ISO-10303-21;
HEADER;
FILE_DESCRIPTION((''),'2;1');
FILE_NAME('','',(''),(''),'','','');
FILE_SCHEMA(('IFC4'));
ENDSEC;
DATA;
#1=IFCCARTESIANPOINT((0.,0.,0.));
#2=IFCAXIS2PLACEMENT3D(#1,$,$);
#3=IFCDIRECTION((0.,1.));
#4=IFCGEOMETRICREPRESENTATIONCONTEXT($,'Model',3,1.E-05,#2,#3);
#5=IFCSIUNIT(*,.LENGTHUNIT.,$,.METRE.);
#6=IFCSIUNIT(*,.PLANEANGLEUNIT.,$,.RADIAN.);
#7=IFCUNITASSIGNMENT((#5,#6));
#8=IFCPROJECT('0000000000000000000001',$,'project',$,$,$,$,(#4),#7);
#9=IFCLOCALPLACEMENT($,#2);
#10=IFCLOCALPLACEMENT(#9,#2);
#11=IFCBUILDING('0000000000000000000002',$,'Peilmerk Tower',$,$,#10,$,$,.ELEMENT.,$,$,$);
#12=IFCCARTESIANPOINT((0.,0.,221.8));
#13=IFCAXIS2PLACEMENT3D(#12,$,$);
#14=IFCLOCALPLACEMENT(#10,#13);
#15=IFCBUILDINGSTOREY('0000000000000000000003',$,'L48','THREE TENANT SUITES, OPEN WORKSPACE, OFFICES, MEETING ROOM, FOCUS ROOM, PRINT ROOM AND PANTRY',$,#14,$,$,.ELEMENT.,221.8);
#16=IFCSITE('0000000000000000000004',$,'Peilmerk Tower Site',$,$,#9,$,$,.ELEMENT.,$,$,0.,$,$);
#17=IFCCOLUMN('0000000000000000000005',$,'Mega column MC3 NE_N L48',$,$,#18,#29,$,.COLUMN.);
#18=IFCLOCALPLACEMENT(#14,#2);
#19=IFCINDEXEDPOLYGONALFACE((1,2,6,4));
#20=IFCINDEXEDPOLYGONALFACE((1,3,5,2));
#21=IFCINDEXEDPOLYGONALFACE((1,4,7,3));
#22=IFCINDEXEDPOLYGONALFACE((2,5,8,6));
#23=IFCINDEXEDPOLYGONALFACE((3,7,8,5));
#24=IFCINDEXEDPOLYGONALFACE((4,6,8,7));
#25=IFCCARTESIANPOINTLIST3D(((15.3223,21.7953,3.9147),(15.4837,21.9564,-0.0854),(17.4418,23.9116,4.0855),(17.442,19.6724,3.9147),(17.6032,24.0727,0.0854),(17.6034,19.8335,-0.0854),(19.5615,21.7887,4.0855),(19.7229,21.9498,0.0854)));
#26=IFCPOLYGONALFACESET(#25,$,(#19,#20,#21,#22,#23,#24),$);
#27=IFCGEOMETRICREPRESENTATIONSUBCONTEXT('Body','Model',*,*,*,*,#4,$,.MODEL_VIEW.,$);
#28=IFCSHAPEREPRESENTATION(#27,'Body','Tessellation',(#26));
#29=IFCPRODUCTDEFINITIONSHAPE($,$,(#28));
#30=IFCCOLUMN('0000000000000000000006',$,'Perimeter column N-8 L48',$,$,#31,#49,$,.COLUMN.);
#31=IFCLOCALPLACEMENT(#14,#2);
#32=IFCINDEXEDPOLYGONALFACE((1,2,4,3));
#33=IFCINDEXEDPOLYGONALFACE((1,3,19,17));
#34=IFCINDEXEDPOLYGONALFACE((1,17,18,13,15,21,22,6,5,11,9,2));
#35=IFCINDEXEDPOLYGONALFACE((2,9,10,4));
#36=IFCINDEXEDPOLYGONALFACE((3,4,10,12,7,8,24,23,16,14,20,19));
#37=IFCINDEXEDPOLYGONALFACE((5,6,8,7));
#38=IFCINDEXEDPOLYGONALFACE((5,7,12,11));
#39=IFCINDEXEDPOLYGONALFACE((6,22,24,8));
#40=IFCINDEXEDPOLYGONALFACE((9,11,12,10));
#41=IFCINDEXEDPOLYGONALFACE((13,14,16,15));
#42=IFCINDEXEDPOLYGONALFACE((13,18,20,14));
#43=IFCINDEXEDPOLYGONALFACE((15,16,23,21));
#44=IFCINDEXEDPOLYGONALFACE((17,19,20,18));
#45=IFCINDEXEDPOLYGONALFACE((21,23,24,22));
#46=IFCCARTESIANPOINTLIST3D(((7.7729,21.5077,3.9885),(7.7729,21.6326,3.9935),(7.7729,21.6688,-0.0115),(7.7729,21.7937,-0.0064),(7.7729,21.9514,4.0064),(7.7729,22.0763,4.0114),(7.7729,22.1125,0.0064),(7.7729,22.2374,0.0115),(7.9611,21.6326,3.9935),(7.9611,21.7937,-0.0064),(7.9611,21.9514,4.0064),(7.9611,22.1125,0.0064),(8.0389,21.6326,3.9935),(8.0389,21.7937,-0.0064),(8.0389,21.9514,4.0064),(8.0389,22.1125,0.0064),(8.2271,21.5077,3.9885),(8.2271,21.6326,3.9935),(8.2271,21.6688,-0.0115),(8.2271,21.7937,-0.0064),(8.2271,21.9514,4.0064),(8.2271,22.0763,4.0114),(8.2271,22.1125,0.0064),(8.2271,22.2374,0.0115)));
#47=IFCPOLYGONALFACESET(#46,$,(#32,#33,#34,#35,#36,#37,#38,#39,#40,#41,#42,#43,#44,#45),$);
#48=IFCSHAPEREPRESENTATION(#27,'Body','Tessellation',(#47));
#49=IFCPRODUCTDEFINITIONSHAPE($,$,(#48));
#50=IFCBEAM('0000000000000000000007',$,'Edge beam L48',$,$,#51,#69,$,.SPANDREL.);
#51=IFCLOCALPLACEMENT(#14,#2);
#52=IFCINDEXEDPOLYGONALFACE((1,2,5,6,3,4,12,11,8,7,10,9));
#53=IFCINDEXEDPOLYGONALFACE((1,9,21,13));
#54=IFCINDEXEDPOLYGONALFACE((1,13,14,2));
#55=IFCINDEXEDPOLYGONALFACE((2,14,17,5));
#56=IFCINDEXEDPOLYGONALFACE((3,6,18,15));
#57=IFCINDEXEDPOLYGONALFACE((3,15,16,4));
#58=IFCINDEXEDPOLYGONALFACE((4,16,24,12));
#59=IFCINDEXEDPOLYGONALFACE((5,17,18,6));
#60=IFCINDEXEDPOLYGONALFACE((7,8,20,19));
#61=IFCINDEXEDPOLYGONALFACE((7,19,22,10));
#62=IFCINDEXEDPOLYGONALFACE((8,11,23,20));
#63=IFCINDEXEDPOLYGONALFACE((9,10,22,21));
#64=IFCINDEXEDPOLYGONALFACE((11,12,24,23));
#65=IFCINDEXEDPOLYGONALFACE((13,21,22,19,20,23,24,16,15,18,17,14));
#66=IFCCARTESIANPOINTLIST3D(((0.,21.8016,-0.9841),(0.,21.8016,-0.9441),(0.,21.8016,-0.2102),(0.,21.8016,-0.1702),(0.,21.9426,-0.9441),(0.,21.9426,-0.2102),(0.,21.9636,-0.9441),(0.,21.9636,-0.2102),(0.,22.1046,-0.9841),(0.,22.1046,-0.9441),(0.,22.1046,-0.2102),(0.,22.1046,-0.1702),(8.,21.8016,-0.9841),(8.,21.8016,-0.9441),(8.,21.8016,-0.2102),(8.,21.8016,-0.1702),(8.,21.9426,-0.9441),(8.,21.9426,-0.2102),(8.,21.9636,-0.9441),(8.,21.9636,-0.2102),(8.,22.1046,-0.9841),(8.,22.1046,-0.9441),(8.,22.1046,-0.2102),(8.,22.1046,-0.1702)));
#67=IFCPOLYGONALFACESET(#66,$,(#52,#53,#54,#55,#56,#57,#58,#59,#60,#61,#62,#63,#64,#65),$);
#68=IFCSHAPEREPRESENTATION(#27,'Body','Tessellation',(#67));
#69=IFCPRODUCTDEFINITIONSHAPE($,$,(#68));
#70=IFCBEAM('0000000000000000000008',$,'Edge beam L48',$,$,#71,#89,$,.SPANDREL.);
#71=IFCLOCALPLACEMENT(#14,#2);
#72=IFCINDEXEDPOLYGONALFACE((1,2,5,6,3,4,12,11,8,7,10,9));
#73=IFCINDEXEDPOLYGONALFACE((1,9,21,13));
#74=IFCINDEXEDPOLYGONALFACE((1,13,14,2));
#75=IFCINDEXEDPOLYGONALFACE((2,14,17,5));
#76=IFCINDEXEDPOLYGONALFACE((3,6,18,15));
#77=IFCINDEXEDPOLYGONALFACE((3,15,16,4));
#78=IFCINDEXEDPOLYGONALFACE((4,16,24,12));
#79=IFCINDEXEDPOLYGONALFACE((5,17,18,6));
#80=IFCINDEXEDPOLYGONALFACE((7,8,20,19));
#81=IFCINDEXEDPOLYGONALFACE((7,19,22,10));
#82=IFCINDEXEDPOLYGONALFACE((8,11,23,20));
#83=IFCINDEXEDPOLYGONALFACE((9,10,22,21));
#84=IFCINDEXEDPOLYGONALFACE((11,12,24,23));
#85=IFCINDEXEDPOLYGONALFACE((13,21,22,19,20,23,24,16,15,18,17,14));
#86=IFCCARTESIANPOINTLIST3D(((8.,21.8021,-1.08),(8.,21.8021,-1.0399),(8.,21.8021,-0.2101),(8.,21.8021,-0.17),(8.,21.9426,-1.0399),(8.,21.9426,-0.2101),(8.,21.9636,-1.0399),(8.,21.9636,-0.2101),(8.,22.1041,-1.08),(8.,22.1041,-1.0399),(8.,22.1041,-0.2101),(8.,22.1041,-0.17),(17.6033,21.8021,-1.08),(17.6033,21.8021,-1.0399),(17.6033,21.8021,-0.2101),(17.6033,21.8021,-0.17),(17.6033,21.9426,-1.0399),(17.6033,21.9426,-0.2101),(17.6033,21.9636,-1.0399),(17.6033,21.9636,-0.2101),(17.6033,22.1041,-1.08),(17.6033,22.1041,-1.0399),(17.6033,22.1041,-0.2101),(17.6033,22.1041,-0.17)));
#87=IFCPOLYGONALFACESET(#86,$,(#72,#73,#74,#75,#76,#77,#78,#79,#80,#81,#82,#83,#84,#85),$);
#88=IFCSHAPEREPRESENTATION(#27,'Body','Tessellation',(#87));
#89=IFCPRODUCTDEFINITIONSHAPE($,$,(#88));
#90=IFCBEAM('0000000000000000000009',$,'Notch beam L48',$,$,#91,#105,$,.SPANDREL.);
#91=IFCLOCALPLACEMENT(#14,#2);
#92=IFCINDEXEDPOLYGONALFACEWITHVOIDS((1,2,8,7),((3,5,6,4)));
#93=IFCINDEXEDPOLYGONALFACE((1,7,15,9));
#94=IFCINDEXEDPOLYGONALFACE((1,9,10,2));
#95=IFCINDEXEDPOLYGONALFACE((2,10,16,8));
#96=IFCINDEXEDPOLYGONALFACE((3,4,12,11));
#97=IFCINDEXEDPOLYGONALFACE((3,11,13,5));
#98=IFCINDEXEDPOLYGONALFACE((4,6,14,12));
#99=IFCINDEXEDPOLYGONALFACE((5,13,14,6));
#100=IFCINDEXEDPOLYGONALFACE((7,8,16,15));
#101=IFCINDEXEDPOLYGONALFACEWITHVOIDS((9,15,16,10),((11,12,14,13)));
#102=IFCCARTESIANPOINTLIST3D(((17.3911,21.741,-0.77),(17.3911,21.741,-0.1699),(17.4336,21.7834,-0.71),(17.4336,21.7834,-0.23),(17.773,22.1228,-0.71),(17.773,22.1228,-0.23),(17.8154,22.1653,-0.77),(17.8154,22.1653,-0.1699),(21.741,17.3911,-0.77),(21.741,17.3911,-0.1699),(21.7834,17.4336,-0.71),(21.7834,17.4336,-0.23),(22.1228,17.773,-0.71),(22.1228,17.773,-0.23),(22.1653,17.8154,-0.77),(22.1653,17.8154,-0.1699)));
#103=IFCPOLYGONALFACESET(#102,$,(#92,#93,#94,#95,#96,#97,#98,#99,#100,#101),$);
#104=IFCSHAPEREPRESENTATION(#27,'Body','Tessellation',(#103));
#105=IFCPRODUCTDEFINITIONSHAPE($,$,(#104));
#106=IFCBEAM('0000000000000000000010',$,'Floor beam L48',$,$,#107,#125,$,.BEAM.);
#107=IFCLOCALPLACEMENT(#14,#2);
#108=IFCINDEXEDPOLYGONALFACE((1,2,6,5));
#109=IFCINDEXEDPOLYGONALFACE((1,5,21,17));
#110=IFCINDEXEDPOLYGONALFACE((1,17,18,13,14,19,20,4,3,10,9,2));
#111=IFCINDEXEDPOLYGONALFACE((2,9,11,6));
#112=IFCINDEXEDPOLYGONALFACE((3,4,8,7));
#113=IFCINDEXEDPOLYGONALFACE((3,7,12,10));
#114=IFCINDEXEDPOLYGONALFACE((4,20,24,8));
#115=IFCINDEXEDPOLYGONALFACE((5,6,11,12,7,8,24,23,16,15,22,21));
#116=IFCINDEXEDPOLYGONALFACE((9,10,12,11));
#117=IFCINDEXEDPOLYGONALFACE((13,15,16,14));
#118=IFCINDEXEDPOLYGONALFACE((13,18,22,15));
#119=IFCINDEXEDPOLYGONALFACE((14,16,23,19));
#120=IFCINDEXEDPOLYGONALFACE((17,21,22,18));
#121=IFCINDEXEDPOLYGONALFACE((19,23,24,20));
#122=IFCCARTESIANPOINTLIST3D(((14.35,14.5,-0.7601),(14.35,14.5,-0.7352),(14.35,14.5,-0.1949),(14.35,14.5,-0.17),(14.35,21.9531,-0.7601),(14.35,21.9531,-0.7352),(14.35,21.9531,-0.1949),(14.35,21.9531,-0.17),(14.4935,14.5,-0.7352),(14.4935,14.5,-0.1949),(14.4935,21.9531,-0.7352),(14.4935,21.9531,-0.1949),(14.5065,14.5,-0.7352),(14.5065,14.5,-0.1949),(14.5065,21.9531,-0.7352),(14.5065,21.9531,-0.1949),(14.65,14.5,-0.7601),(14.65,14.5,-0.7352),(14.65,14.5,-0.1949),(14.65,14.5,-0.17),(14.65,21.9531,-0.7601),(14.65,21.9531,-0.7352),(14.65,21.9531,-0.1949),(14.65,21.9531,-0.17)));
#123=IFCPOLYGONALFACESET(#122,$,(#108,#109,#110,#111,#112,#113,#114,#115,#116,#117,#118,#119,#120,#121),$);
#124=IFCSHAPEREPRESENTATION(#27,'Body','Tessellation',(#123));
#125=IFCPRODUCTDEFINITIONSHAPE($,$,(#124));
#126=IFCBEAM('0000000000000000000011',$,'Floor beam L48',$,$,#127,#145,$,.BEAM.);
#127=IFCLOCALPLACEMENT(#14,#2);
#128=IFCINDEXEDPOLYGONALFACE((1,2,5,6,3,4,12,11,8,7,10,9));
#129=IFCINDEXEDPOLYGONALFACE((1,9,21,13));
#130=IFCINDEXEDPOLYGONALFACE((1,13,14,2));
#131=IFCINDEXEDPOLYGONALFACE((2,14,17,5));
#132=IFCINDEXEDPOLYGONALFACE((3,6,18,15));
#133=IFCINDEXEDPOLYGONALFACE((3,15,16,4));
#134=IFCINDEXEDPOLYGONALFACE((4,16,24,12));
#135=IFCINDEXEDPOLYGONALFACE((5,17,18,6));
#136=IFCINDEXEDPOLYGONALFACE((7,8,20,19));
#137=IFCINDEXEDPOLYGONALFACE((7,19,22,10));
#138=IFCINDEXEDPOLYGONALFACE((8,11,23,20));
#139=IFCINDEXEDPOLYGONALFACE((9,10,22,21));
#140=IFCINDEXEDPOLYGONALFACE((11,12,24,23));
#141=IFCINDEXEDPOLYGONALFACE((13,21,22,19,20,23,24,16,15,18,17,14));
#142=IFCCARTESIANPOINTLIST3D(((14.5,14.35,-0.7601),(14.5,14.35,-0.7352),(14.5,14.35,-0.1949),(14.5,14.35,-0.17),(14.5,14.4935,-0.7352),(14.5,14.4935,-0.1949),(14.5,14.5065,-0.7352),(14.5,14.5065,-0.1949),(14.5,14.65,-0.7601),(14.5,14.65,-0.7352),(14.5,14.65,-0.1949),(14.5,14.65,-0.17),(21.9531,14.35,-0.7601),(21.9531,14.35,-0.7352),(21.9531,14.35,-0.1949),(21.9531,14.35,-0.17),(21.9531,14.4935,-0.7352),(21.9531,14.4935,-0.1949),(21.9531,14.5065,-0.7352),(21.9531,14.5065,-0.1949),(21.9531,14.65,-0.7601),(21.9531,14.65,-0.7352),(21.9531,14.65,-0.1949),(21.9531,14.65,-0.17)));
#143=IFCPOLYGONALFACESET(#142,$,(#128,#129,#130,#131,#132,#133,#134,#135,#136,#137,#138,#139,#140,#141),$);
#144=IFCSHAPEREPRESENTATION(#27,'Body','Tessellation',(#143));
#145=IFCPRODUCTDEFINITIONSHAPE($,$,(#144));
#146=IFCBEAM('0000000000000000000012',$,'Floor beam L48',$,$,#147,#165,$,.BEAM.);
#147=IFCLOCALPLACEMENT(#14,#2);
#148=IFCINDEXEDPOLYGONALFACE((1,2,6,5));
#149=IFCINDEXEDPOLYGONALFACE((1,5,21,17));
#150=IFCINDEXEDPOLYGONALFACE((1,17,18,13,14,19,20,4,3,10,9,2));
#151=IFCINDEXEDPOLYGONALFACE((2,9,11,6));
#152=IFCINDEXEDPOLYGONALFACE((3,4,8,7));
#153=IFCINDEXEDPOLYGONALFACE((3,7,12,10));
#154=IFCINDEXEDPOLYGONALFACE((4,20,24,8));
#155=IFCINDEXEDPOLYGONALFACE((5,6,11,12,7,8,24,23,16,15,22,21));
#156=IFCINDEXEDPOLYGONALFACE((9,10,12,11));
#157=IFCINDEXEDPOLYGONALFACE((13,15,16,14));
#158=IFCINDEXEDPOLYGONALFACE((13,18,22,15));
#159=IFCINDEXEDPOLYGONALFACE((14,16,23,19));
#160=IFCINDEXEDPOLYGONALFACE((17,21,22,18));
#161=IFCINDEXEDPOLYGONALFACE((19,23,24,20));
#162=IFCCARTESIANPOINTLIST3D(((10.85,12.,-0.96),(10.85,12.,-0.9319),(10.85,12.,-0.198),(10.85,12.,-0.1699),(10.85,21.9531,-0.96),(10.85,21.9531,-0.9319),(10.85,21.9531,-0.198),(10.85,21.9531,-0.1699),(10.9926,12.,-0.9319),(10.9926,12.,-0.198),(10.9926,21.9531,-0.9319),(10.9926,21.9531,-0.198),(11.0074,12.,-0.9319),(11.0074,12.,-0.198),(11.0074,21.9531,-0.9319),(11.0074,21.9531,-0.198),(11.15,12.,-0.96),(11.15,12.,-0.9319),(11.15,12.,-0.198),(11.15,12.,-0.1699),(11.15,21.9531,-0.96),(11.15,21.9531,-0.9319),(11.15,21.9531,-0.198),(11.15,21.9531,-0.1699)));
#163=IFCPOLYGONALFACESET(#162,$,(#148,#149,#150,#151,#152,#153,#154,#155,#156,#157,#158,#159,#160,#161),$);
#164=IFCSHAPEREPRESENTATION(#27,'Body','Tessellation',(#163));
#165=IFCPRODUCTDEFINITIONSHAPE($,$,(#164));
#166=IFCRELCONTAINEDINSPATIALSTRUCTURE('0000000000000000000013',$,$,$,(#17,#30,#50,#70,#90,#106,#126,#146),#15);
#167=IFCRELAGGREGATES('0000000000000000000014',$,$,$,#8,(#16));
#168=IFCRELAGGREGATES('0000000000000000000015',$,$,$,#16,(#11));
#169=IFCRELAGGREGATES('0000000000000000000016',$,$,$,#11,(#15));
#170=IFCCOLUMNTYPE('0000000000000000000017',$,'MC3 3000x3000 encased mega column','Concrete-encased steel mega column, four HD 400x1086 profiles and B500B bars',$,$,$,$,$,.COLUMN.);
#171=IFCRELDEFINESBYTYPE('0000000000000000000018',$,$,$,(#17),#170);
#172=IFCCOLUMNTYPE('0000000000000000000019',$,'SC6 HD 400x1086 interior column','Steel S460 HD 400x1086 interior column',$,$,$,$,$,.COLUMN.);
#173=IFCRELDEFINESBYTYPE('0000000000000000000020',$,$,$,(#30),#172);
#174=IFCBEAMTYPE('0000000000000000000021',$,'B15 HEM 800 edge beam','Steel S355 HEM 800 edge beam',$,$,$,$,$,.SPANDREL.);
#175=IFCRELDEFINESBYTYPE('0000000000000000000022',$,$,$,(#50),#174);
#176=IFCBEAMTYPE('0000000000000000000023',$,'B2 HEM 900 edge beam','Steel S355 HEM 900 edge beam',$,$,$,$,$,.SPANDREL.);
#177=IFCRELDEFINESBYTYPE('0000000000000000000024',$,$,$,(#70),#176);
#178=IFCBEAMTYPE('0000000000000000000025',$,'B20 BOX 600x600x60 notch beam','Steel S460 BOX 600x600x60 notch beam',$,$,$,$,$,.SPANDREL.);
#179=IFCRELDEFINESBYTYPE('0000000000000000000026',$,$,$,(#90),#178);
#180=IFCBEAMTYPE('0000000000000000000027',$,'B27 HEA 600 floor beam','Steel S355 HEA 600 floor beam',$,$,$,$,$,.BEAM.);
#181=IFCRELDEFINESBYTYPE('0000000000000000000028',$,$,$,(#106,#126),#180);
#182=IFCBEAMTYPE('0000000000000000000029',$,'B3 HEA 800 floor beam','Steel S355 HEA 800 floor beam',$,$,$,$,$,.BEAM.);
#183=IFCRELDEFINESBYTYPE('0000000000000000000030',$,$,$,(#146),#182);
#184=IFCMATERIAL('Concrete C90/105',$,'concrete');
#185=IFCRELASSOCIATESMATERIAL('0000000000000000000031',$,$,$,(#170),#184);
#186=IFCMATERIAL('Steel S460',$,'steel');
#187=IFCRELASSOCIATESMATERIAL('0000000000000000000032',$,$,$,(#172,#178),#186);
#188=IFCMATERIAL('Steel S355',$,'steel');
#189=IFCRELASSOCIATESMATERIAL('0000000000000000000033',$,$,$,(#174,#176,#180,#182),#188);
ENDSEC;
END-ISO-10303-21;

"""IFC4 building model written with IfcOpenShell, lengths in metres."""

from ifc_helpers import new_model, si_unit, direction, frame, origin, origin_2d, place, context, subcontext, project, spatial, rectangle, hollow_rectangle, i_section, extrude, material, material_profile, profile_set, type_object, element, save


model = new_model("IFC4")

# Units and contexts
model_context = context("Model", 3, precision=1e-05, world=origin(), true_north=direction((0.0, 1.0)))
body_context = subcontext(model_context, "Body", "Model", "MODEL_VIEW")
ifc_project = project(units=[si_unit("LENGTHUNIT", "METRE"), si_unit("PLANEANGLEUNIT", "RADIAN")], contexts=[model_context])

# Site, building, storey
site_placement = place(None, origin())
site = spatial("IfcSite", under=ifc_project, at=site_placement, Name="Peilmerk Tower Site", CompositionType="ELEMENT", RefElevation=0.0)
building_placement = place(site_placement, origin())
building = spatial("IfcBuilding", under=site, at=building_placement, Name="Peilmerk Tower", CompositionType="ELEMENT")
storey_placement = place(building_placement, frame((0.0, 0.0, 221.8)))
storey = spatial("IfcBuildingStorey", under=building, at=storey_placement, Name="L48", Description="THREE TENANT SUITES, OPEN WORKSPACE, OFFICES, MEETING ROOM, FOCUS ROOM, PRINT ROOM AND PANTRY", CompositionType="ELEMENT", Elevation=221.8)

# Columns
ifc_material_1 = material(Name="Concrete C90/105", Category="concrete")
ifc_material_profile_1 = material_profile(ifc_material_1, rectangle(XDim=3.0, YDim=3.0, at=origin_2d()), Name="RC 3000x3000")
ifc_profile_set_1 = profile_set([ifc_material_profile_1], Name="Concrete C90/105")
column_type_1 = type_object("IfcColumnType", Name="MC3 3000x3000 encased mega column", Description="Concrete-encased steel mega column, four HD 400x1086 profiles and B500B bars", PredefinedType="COLUMN", material=ifc_profile_set_1)
column_1_placement = place(storey_placement, frame((17.6033, 21.9531, 0.0), z_axis=(-0.040279, -0.040218, 0.998379), x_axis=(0.706571, -0.707642, 0.0)))
element("IfcColumn", 1, at=column_1_placement, inside=storey, type_object=column_type_1, Name="Mega column MC3 NE_N L48", PredefinedType="COLUMN", context=body_context, shape_type="SweptSolid", body=[
    extrude(rectangle(XDim=3.0, YDim=3.0, at=origin_2d()), origin(), (0.0, 0.0, 1.0), 4.0066),
])
ifc_material_2 = material(Name="Steel S460", Category="steel")
ifc_material_profile_2 = material_profile(ifc_material_2, i_section(OverallWidth=0.4541, OverallDepth=0.5691, WebThickness=0.0779, FlangeThickness=0.125, at=origin_2d()), Name="HD 400x1086")
ifc_profile_set_2 = profile_set([ifc_material_profile_2], Name="Steel S460")
column_type_2 = type_object("IfcColumnType", Name="SC6 HD 400x1086 interior column", Description="Steel S460 HD 400x1086 interior column", PredefinedType="COLUMN", material=ifc_profile_set_2)
column_2_placement = place(storey_placement, frame((8.0, 21.9531, 0.0), z_axis=(0.0, -0.040251, 0.99919), x_axis=(1.0, 0.0, 0.0)))
element("IfcColumn", 2, at=column_2_placement, inside=storey, type_object=column_type_2, Name="Perimeter column N-8 L48", PredefinedType="COLUMN", context=body_context, shape_type="SweptSolid", body=[
    extrude(i_section(OverallWidth=0.4541, OverallDepth=0.5691, WebThickness=0.0779, FlangeThickness=0.125, at=origin_2d()), origin(), (0.0, 0.0, 1.0), 4.0032),
])

# Beams
ifc_material_3 = material(Name="Steel S355", Category="steel")
ifc_material_profile_3 = material_profile(ifc_material_3, i_section(OverallWidth=0.303, OverallDepth=0.814, WebThickness=0.021, FlangeThickness=0.04, at=origin_2d()), Name="HEM 800")
ifc_profile_set_3 = profile_set([ifc_material_profile_3], Name="Steel S355")
beam_type_1 = type_object("IfcBeamType", Name="B15 HEM 800 edge beam", Description="Steel S355 HEM 800 edge beam", PredefinedType="SPANDREL", material=ifc_profile_set_3)
beam_1_placement = place(storey_placement, frame((8.0, 21.9531, -0.5771), z_axis=(-1.0, 0.0, 0.0), x_axis=(0.0, -1.0, 0.0)))
element("IfcBeam", 3, at=beam_1_placement, inside=storey, type_object=beam_type_1, Name="Edge beam L48", PredefinedType="SPANDREL", context=body_context, shape_type="SweptSolid", body=[
    extrude(i_section(OverallWidth=0.303, OverallDepth=0.814, WebThickness=0.021, FlangeThickness=0.04, at=origin_2d()), origin(), (0.0, 0.0, 1.0), 8.0),
])
ifc_material_profile_4 = material_profile(ifc_material_3, i_section(OverallWidth=0.302, OverallDepth=0.9099, WebThickness=0.021, FlangeThickness=0.04, at=origin_2d()), Name="HEM 900")
ifc_profile_set_4 = profile_set([ifc_material_profile_4], Name="Steel S355")
beam_type_2 = type_object("IfcBeamType", Name="B2 HEM 900 edge beam", Description="Steel S355 HEM 900 edge beam", PredefinedType="SPANDREL", material=ifc_profile_set_4)
beam_2_placement = place(storey_placement, frame((17.6033, 21.9531, -0.625), z_axis=(-1.0, 0.0, 0.0), x_axis=(0.0, -1.0, 0.0)))
element("IfcBeam", 4, at=beam_2_placement, inside=storey, type_object=beam_type_2, Name="Edge beam L48", PredefinedType="SPANDREL", context=body_context, shape_type="SweptSolid", body=[
    extrude(i_section(OverallWidth=0.302, OverallDepth=0.9099, WebThickness=0.021, FlangeThickness=0.04, at=origin_2d()), origin(), (0.0, 0.0, 1.0), 9.6033),
])
ifc_material_profile_5 = material_profile(ifc_material_2, hollow_rectangle(XDim=0.6001, YDim=0.6001, WallThickness=0.0601, at=origin_2d()), Name="BOX 600x600x60")
ifc_profile_set_5 = profile_set([ifc_material_profile_5], Name="Steel S460")
beam_type_3 = type_object("IfcBeamType", Name="B20 BOX 600x600x60 notch beam", Description="Steel S460 BOX 600x600x60 notch beam", PredefinedType="SPANDREL", material=ifc_profile_set_5)
beam_3_placement = place(storey_placement, frame((17.6033, 21.9531, -0.47), z_axis=(0.707107, -0.707107, 0.0), x_axis=(0.707107, 0.707107, 0.0)))
element("IfcBeam", 5, at=beam_3_placement, inside=storey, type_object=beam_type_3, Name="Notch beam L48", PredefinedType="SPANDREL", context=body_context, shape_type="SweptSolid", body=[
    extrude(hollow_rectangle(XDim=0.6001, YDim=0.6001, WallThickness=0.0601, at=origin_2d()), origin(), (0.0, 0.0, 1.0), 6.1516),
])
ifc_material_profile_6 = material_profile(ifc_material_3, i_section(OverallWidth=0.3, OverallDepth=0.5901, WebThickness=0.0129, FlangeThickness=0.0249, at=origin_2d()), Name="HEA 600")
ifc_profile_set_6 = profile_set([ifc_material_profile_6], Name="Steel S355")
beam_type_4 = type_object("IfcBeamType", Name="B27 HEA 600 floor beam", Description="Steel S355 HEA 600 floor beam", PredefinedType="BEAM", material=ifc_profile_set_6)
for number, where, z_axis, x_axis, name in (
    (6, (14.5, 14.5, -0.4651), (0.0, 1.0, 0.0), (-1.0, 0.0, 0.0), "Floor beam L48"),
    (7, (14.5, 14.5, -0.4651), (1.0, 0.0, 0.0), (0.0, 1.0, 0.0), "Floor beam L48"),
):
    element("IfcBeam", number, at=place(storey_placement, frame(where, z_axis=z_axis, x_axis=x_axis)), inside=storey, type_object=beam_type_4, Name=name, PredefinedType="BEAM", context=body_context, shape_type="SweptSolid", body=[
        extrude(i_section(OverallWidth=0.3, OverallDepth=0.5901, WebThickness=0.0129, FlangeThickness=0.0249, at=origin_2d()), origin(), (0.0, 0.0, 1.0), 7.4531),
    ])
ifc_material_profile_7 = material_profile(ifc_material_3, i_section(OverallWidth=0.3, OverallDepth=0.79, WebThickness=0.0149, FlangeThickness=0.0281, at=origin_2d()), Name="HEA 800")
ifc_profile_set_7 = profile_set([ifc_material_profile_7], Name="Steel S355")
beam_type_5 = type_object("IfcBeamType", Name="B3 HEA 800 floor beam", Description="Steel S355 HEA 800 floor beam", PredefinedType="BEAM", material=ifc_profile_set_7)
beam_4_placement = place(storey_placement, frame((11.0, 12.0, -0.5649), z_axis=(0.0, 1.0, 0.0), x_axis=(-1.0, 0.0, 0.0)))
element("IfcBeam", 8, at=beam_4_placement, inside=storey, type_object=beam_type_5, Name="Floor beam L48", PredefinedType="BEAM", context=body_context, shape_type="SweptSolid", body=[
    extrude(i_section(OverallWidth=0.3, OverallDepth=0.79, WebThickness=0.0149, FlangeThickness=0.0281, at=origin_2d()), origin(), (0.0, 0.0, 1.0), 9.9531),
])

save(model, "model.ifc")
